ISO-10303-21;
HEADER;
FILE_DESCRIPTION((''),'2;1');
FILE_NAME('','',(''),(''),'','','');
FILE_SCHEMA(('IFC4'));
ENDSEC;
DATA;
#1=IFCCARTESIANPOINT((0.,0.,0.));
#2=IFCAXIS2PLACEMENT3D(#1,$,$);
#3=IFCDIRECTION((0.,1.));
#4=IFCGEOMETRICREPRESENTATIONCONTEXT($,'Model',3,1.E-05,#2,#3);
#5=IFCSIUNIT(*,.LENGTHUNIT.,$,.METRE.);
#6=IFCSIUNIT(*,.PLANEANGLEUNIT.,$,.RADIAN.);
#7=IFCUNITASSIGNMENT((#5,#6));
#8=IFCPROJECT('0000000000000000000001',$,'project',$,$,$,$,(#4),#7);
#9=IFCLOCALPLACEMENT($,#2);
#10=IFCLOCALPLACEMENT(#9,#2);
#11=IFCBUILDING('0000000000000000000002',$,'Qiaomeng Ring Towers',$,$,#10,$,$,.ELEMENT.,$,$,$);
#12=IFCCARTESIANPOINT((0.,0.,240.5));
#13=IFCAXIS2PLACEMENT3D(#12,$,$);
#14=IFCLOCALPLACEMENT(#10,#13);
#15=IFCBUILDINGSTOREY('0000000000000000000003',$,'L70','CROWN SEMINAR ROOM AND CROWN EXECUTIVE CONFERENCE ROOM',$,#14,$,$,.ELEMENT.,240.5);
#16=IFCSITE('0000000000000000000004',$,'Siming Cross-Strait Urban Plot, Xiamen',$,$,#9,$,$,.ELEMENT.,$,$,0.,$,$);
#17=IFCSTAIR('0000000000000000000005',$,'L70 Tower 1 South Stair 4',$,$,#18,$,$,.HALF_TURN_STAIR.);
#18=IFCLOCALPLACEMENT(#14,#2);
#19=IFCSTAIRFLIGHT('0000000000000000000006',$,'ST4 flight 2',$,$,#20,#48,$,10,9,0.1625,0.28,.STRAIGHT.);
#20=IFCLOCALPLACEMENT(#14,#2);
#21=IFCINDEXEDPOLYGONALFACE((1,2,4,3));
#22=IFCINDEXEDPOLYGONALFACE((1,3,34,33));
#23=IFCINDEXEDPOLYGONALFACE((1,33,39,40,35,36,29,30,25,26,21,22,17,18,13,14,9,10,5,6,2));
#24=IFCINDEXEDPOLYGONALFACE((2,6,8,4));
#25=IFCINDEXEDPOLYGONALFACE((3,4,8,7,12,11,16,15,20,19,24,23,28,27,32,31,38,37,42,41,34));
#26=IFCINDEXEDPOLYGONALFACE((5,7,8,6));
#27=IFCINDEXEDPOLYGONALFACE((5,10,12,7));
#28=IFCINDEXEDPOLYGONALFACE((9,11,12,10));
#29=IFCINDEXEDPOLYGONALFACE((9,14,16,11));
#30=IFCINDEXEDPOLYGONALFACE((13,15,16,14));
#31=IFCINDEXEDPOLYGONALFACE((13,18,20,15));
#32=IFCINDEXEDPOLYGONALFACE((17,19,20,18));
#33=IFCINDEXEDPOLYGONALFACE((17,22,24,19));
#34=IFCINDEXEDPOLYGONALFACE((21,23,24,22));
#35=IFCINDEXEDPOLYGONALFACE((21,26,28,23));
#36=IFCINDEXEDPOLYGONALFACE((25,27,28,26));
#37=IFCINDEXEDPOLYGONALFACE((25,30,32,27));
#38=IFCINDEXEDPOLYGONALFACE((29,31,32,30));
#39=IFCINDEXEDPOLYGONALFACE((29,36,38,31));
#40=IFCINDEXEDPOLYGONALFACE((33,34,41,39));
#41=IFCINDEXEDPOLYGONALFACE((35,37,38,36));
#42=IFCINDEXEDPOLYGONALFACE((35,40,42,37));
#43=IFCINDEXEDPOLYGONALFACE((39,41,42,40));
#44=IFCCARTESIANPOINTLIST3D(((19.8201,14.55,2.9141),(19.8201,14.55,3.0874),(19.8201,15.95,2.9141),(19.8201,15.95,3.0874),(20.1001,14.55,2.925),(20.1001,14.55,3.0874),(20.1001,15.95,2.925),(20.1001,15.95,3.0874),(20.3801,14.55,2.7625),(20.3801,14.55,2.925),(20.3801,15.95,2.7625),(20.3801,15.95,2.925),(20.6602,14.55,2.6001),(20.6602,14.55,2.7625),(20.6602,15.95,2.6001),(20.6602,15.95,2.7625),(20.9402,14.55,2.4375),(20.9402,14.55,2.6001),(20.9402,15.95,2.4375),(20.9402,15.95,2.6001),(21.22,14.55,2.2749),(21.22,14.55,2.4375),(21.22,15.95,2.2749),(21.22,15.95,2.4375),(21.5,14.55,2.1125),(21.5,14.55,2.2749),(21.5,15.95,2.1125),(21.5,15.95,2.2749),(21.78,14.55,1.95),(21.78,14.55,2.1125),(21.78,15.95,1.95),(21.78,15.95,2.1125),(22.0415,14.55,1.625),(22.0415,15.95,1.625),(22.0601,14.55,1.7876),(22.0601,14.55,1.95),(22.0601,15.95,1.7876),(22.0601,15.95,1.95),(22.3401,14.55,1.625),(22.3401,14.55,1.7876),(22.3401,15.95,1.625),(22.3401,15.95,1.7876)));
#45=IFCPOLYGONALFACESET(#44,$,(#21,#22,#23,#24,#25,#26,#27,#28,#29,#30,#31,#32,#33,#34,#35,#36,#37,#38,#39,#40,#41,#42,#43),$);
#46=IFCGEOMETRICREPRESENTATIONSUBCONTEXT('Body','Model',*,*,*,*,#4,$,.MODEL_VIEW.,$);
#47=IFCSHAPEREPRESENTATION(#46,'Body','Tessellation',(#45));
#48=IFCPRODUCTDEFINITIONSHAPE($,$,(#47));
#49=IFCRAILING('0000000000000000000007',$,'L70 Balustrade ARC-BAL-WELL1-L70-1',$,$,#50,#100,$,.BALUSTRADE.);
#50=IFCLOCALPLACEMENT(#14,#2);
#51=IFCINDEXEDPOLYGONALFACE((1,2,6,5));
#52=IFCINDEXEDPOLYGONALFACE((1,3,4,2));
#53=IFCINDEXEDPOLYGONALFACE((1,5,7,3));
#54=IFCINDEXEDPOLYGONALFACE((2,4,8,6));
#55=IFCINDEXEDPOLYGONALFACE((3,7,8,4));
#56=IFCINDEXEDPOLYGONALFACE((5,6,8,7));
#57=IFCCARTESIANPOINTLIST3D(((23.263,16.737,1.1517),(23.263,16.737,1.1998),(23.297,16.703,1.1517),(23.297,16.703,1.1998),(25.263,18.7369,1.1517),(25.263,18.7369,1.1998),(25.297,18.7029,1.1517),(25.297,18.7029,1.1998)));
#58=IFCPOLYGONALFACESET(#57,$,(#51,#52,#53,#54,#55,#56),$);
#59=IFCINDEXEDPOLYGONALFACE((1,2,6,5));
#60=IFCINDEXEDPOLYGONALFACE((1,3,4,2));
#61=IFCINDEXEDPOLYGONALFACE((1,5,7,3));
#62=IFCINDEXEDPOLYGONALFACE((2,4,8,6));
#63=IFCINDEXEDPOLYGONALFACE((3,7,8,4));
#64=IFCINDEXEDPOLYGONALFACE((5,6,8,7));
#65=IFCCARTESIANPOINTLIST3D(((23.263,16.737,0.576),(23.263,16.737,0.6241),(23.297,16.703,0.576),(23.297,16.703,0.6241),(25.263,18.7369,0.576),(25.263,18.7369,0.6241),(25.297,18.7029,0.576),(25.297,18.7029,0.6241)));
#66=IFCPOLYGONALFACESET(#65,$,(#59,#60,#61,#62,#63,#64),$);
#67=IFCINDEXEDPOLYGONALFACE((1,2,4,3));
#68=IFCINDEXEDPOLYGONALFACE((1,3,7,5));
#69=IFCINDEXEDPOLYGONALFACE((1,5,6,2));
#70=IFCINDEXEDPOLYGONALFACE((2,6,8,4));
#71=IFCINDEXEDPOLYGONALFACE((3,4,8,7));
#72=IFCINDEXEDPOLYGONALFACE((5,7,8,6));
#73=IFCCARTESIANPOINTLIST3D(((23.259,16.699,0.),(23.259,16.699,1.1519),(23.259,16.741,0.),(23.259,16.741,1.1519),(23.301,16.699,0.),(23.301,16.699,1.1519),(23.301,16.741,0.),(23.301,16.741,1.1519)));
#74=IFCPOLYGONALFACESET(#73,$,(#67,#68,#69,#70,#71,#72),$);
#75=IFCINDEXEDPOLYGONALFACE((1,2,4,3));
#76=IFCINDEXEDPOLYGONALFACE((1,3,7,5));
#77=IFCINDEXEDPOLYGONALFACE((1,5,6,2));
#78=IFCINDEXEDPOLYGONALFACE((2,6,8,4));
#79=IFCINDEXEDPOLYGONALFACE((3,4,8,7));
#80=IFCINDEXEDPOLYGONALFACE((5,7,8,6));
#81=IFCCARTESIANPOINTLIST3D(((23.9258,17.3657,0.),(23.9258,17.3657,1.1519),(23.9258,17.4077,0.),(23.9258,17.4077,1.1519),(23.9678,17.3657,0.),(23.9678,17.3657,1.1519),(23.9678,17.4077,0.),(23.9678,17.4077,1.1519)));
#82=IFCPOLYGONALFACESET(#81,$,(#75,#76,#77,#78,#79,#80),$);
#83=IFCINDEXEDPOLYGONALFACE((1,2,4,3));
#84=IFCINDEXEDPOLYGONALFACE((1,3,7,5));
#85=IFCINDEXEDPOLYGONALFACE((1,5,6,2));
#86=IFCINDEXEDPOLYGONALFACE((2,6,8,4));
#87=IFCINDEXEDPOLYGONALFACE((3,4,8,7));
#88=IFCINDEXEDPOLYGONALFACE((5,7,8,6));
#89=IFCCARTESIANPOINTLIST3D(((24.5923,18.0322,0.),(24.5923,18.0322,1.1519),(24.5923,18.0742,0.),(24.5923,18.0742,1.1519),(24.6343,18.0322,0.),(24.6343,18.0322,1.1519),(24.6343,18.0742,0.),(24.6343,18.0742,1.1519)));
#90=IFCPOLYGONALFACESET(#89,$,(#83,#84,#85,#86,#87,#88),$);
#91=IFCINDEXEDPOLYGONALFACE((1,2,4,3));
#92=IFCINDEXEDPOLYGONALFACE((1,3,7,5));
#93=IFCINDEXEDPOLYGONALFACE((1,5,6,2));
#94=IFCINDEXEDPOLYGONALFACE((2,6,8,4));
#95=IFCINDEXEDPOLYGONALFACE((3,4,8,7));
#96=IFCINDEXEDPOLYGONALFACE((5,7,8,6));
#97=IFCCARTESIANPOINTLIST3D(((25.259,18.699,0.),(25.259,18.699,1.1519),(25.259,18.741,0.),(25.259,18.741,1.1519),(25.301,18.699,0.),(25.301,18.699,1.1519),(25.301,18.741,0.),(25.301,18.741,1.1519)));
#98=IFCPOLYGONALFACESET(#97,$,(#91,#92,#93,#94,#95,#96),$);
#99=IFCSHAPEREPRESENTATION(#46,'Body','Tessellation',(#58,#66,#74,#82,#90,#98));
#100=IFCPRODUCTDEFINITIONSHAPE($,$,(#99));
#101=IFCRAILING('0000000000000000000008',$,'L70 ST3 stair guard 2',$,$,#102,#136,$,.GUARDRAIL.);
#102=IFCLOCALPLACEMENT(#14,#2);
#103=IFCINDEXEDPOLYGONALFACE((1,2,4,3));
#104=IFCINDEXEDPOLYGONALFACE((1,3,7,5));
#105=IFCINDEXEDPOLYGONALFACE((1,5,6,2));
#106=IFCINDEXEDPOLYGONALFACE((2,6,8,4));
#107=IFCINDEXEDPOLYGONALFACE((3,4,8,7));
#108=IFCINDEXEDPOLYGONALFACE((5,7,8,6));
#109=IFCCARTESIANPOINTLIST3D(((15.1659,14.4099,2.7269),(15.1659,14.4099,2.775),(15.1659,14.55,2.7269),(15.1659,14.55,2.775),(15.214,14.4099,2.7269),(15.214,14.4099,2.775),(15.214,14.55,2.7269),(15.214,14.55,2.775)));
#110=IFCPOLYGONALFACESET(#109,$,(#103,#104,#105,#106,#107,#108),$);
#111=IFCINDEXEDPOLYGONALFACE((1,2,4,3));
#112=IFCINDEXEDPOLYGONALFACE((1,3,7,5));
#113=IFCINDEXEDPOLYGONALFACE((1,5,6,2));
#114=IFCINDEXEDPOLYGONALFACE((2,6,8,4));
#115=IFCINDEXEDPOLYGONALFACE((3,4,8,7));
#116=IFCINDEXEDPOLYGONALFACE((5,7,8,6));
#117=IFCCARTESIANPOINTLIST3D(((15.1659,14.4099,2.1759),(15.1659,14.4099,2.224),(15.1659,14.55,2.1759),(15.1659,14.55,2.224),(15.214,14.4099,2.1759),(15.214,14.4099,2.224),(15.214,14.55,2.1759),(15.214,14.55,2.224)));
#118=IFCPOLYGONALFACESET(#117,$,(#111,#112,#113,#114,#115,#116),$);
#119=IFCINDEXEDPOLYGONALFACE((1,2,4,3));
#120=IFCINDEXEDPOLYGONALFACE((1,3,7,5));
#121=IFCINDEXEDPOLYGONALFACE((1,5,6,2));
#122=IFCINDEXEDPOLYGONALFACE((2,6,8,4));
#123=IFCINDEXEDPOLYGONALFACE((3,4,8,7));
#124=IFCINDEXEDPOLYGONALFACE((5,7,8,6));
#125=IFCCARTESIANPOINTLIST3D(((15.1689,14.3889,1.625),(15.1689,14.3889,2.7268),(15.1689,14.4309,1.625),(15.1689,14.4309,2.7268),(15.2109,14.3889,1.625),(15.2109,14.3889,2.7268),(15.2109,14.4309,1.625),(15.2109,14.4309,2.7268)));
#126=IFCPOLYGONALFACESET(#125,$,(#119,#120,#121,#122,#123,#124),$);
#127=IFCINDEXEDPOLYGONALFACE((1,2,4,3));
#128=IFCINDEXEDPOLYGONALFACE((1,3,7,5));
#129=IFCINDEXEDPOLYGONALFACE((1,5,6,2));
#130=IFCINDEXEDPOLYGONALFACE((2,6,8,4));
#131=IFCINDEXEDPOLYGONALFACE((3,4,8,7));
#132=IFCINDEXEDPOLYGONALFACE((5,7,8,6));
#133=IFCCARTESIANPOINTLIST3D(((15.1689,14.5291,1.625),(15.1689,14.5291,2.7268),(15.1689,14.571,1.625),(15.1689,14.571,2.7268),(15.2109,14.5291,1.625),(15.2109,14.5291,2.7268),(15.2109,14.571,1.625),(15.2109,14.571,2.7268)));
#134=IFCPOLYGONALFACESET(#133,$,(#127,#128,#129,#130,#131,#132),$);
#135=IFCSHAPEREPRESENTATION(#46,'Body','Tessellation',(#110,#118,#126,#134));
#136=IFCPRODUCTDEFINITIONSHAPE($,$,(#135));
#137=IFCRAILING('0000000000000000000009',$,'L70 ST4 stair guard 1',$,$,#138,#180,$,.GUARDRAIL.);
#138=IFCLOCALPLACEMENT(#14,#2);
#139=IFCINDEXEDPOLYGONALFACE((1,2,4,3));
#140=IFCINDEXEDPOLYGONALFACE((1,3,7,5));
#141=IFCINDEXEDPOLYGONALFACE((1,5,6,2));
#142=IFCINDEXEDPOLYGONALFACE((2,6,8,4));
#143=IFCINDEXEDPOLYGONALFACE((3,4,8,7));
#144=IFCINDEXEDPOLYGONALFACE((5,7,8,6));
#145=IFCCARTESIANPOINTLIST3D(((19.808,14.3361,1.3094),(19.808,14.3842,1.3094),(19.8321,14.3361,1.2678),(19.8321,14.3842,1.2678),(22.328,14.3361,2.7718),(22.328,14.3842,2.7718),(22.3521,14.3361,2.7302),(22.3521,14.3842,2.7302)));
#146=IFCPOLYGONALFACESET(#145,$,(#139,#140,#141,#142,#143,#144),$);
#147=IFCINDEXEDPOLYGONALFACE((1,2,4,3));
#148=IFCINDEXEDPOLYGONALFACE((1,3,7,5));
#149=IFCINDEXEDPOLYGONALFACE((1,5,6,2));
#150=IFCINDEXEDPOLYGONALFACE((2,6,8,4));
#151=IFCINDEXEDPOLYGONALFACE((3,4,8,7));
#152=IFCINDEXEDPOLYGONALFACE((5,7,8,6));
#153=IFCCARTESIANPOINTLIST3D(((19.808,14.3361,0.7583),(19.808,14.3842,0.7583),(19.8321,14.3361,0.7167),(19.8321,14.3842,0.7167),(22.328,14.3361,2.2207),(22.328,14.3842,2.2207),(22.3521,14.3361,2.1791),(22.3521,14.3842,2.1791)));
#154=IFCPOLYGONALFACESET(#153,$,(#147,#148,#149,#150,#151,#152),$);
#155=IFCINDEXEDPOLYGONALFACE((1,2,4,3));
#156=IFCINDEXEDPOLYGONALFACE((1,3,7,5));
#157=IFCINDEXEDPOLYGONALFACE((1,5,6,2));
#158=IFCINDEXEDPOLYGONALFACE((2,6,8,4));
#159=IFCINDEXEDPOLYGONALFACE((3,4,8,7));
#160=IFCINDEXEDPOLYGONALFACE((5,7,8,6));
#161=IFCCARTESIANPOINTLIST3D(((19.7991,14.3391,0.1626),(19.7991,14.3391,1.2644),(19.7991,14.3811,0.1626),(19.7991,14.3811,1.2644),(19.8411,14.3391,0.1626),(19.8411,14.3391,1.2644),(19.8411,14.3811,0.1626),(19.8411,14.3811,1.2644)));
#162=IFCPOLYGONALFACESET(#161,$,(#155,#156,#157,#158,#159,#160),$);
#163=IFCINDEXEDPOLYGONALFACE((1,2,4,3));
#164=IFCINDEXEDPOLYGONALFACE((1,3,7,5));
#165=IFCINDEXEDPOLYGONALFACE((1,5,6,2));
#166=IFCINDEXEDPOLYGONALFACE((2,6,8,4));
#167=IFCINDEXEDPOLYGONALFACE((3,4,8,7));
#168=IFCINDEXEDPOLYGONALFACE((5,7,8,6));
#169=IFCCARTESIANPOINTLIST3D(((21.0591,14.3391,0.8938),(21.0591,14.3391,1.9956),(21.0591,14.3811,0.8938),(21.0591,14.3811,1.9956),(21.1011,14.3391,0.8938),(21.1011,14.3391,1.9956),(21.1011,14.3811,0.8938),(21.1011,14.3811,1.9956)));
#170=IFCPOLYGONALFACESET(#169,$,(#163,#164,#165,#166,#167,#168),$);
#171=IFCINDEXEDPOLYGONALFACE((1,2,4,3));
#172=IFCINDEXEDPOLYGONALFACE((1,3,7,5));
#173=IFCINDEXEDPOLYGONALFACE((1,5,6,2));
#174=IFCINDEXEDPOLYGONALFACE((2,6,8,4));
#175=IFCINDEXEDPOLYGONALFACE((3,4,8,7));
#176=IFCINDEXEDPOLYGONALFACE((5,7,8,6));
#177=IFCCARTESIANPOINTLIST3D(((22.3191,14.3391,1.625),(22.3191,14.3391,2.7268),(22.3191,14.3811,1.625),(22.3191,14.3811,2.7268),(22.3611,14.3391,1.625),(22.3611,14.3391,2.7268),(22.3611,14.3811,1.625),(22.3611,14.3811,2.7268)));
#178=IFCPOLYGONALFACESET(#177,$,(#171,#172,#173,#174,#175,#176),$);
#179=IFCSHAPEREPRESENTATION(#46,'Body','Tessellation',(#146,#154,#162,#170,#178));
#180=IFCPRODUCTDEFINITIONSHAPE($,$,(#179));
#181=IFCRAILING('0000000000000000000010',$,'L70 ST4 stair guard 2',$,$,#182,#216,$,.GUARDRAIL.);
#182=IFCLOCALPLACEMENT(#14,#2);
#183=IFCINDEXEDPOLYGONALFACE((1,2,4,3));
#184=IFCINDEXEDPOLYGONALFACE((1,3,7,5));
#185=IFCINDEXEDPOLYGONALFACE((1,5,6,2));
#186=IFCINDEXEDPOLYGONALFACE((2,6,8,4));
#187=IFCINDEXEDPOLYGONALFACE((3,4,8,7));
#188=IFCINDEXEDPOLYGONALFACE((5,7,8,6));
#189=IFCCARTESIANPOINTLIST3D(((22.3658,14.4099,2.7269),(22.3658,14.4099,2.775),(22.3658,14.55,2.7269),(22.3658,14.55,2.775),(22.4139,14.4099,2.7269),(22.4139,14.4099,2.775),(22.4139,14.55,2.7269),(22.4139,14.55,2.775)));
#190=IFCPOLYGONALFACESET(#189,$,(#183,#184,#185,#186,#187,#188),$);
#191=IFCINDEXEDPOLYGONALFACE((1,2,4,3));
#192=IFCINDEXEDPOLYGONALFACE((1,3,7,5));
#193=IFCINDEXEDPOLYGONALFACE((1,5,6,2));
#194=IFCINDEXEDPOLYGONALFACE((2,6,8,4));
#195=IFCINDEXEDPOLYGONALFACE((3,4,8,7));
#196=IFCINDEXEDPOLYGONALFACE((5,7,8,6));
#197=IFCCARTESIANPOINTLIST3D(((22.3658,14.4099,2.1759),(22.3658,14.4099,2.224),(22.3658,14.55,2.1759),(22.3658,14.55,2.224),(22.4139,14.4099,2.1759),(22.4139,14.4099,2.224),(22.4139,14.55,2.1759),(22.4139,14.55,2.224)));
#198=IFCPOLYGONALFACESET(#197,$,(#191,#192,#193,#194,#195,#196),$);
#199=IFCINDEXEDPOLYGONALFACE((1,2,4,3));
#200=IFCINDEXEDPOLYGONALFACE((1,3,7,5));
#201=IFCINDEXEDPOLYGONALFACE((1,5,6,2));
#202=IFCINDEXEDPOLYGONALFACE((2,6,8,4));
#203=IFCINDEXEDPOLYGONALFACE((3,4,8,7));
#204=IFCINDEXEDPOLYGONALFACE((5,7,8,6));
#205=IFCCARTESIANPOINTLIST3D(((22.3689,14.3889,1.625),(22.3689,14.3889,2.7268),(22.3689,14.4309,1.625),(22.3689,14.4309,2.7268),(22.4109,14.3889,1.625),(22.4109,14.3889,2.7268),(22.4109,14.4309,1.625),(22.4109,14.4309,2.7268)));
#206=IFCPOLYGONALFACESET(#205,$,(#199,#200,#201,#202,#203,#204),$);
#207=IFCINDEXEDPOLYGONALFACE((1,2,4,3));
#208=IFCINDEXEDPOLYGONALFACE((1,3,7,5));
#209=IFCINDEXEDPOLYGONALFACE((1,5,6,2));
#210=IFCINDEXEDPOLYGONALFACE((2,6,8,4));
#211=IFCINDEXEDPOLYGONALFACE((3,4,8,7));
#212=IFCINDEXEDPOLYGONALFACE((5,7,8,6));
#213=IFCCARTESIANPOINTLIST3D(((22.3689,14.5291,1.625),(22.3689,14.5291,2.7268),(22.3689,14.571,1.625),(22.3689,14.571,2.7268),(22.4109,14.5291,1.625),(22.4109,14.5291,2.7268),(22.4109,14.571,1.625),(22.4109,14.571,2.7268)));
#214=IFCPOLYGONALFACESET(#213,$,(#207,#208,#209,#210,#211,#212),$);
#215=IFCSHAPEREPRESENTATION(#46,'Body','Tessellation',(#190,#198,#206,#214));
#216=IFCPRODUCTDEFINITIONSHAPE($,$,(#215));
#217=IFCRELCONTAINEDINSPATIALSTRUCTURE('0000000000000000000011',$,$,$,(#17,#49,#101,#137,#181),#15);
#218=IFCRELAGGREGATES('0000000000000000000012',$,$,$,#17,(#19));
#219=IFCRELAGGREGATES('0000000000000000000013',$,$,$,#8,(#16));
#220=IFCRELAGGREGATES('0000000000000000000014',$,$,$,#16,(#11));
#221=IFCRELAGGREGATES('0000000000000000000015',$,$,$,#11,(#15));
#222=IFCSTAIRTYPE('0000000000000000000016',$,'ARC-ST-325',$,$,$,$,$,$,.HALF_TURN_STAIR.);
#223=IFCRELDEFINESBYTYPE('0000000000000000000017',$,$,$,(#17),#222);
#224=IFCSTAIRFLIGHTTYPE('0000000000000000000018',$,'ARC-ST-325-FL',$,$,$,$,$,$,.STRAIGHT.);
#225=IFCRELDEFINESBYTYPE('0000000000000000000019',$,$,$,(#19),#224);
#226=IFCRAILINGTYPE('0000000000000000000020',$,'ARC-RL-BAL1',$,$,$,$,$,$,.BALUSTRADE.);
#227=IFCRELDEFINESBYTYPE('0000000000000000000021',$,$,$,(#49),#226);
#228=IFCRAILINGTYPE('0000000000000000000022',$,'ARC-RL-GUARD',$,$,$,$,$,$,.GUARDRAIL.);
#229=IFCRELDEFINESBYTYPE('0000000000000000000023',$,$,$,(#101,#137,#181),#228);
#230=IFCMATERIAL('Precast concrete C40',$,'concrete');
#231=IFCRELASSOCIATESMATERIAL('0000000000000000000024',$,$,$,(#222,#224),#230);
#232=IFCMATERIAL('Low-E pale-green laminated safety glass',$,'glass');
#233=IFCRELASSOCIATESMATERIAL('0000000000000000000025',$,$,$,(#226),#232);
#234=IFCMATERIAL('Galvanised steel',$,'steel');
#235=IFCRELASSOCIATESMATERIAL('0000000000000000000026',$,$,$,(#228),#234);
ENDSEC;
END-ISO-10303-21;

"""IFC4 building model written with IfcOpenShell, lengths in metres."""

from ifc_helpers import new_model, si_unit, direction, frame, origin, origin_2d, place, context, subcontext, project, spatial, polyline, rectangle, outline, extrude, source, transform, mapped, material, type_object, element, aggregate, save


model = new_model("IFC4")

# Units and contexts
model_context = context("Model", 3, precision=1e-05, world=origin(), true_north=direction((0.0, 1.0)))
body_context = subcontext(model_context, "Body", "Model", "MODEL_VIEW")
ifc_project = project(units=[si_unit("LENGTHUNIT", "METRE"), si_unit("PLANEANGLEUNIT", "RADIAN")], contexts=[model_context])

# Site, building, storey
site_placement = place(None, origin())
site = spatial("IfcSite", under=ifc_project, at=site_placement, Name="Siming Cross-Strait Urban Plot, Xiamen", CompositionType="ELEMENT", RefElevation=0.0)
building_placement = place(site_placement, origin())
building = spatial("IfcBuilding", under=site, at=building_placement, Name="Qiaomeng Ring Towers", CompositionType="ELEMENT")
storey_placement = place(building_placement, frame((0.0, 0.0, 240.5)))
storey = spatial("IfcBuildingStorey", under=building, at=storey_placement, Name="L70", Description="CROWN SEMINAR ROOM AND CROWN EXECUTIVE CONFERENCE ROOM", CompositionType="ELEMENT", Elevation=240.5)

# Shared definitions
ifc_material_1 = material(Name="Galvanised steel", Category="steel")

# Stair, stair flight
ifc_material_2 = material(Name="Precast concrete C40", Category="concrete")
stair_type = type_object("IfcStairType", Name="ARC-ST-325", PredefinedType="HALF_TURN_STAIR", material=ifc_material_2)
stair_placement = place(storey_placement, origin())
stair = element("IfcStair", 1, at=stair_placement, inside=storey, type_object=stair_type, Name="L70 Tower 1 South Stair 4", PredefinedType="HALF_TURN_STAIR")
stair_flight_type = type_object("IfcStairFlightType", Name="ARC-ST-325-FL", PredefinedType="STRAIGHT", material=ifc_material_2)
shared_shape_1 = source(origin(), body_context, "Body", "SweptSolid", [
    extrude(outline(polyline([(0.0, 0.0), (0.0, 0.1626), (0.28, 0.1626), (0.28, 0.325), (0.5601, 0.325), (0.5601, 0.4875), (0.8401, 0.4875), (0.8401, 0.6499), (1.1201, 0.6499), (1.1201, 0.8125), (1.3999, 0.8125), (1.3999, 0.9751), (1.6799, 0.9751), (1.6799, 1.1375), (1.96, 1.1375), (1.96, 1.3), (2.24, 1.3), (2.24, 1.4624), (2.52, 1.4624), (2.52, 1.625), (2.52, 1.2891), (0.2986, 0.0), (0.0, 0.0)])), frame((0.0, 0.7, 0.0), z_axis=(0.0, -1.0, 0.0), x_axis=(1.0, 0.0, 0.0)), (0.0, 0.0, 1.0), 1.3999),
])
stair_flight_1_placement = place(storey_placement, frame((22.3401, 15.25, 1.625), z_axis=(0.0, 0.0, 1.0), x_axis=(-1.0, 0.0, 0.0)))
stair_flight_1 = element("IfcStairFlight", 2, at=stair_flight_1_placement, type_object=stair_flight_type, Name="ST4 flight 2", NumberOfRisers=10, NumberOfTreads=9, PredefinedType="STRAIGHT", RiserHeight=0.1625, TreadLength=0.28, context=body_context, shape_type="MappedRepresentation", body=[
    mapped(shared_shape_1, transform((0.0, 0.0, 0.0), x_axis=(1.0, 0.0, 0.0), y_axis=(0.0, 1.0, 0.0), z_axis=(0.0, 0.0, 1.0), scale=1.0)),
])
aggregate(stair, [stair_flight_1])

# Railings
ifc_material_3 = material(Name="Low-E pale-green laminated safety glass", Category="glass")
railing_type_1 = type_object("IfcRailingType", Name="ARC-RL-BAL1", PredefinedType="BALUSTRADE", material=ifc_material_3)
railing_1_placement = place(storey_placement, frame((23.28, 16.72, 0.0)))
element("IfcRailing", 3, at=railing_1_placement, inside=storey, type_object=railing_type_1, Name="L70 Balustrade ARC-BAL-WELL1-L70-1", PredefinedType="BALUSTRADE", context=body_context, shape_type="SweptSolid", body=[
    extrude(rectangle(XDim=0.0481, YDim=0.0481, at=origin_2d()), frame((0.0, 0.0, 1.1758), z_axis=(0.707107, 0.707107, 0.0), x_axis=(-0.707107, 0.707107, 0.0)), (0.0, 0.0, 1.0), 2.8284),
    extrude(rectangle(XDim=0.0481, YDim=0.0481, at=origin_2d()), frame((0.0, 0.0, 0.6001), z_axis=(0.707107, 0.707107, 0.0), x_axis=(-0.707107, 0.707107, 0.0)), (0.0, 0.0, 1.0), 2.8284),
    extrude(rectangle(XDim=0.042, YDim=0.042, at=origin_2d()), origin(), (0.0, 0.0, 1.0), 1.1519),
    extrude(rectangle(XDim=0.042, YDim=0.042, at=origin_2d()), frame((0.6667, 0.6667, 0.0)), (0.0, 0.0, 1.0), 1.1519),
    extrude(rectangle(XDim=0.042, YDim=0.042, at=origin_2d()), frame((1.3333, 1.3333, 0.0)), (0.0, 0.0, 1.0), 1.1519),
    extrude(rectangle(XDim=0.042, YDim=0.042, at=origin_2d()), frame((2.0, 2.0, 0.0)), (0.0, 0.0, 1.0), 1.1519),
])
railing_type_2 = type_object("IfcRailingType", Name="ARC-RL-GUARD", PredefinedType="GUARDRAIL", material=ifc_material_1)
railing_2_placement = place(storey_placement, frame((15.1899, 14.4099, 1.625)))
element("IfcRailing", 4, at=railing_2_placement, inside=storey, type_object=railing_type_2, Name="L70 ST3 stair guard 2", PredefinedType="GUARDRAIL", context=body_context, shape_type="SweptSolid", body=[
    extrude(rectangle(XDim=0.0481, YDim=0.0481, at=origin_2d()), frame((0.0, 0.0, 1.126), z_axis=(0.0, 1.0, 0.0), x_axis=(-1.0, 0.0, 0.0)), (0.0, 0.0, 1.0), 0.1401),
    extrude(rectangle(XDim=0.0481, YDim=0.0481, at=origin_2d()), frame((0.0, 0.0, 0.575), z_axis=(0.0, 1.0, 0.0), x_axis=(-1.0, 0.0, 0.0)), (0.0, 0.0, 1.0), 0.1401),
    extrude(rectangle(XDim=0.042, YDim=0.042, at=origin_2d()), origin(), (0.0, 0.0, 1.0), 1.1018),
    extrude(rectangle(XDim=0.042, YDim=0.042, at=origin_2d()), frame((0.0, 0.1401, 0.0)), (0.0, 0.0, 1.0), 1.1018),
])
railing_3_placement = place(storey_placement, frame((19.8201, 14.3601, 0.1626)))
element("IfcRailing", 5, at=railing_3_placement, inside=storey, type_object=railing_type_2, Name="L70 ST4 stair guard 1", PredefinedType="GUARDRAIL", context=body_context, shape_type="SweptSolid", body=[
    extrude(rectangle(XDim=0.0481, YDim=0.0481, at=origin_2d()), frame((0.0, 0.0, 1.126), z_axis=(0.864913, 0.0, 0.501921), x_axis=(0.0, 1.0, 0.0)), (0.0, 0.0, 1.0), 2.9136),
    extrude(rectangle(XDim=0.0481, YDim=0.0481, at=origin_2d()), frame((0.0, 0.0, 0.575), z_axis=(0.864913, 0.0, 0.501921), x_axis=(0.0, 1.0, 0.0)), (0.0, 0.0, 1.0), 2.9136),
    extrude(rectangle(XDim=0.042, YDim=0.042, at=origin_2d()), origin(), (0.0, 0.0, 1.0), 1.1018),
    extrude(rectangle(XDim=0.042, YDim=0.042, at=origin_2d()), frame((1.26, 0.0, 0.7312)), (0.0, 0.0, 1.0), 1.1018),
    extrude(rectangle(XDim=0.042, YDim=0.042, at=origin_2d()), frame((2.52, 0.0, 1.4624)), (0.0, 0.0, 1.0), 1.1018),
])
railing_4_placement = place(storey_placement, frame((22.3899, 14.4099, 1.625)))
element("IfcRailing", 6, at=railing_4_placement, inside=storey, type_object=railing_type_2, Name="L70 ST4 stair guard 2", PredefinedType="GUARDRAIL", context=body_context, shape_type="SweptSolid", body=[
    extrude(rectangle(XDim=0.0481, YDim=0.0481, at=origin_2d()), frame((0.0, 0.0, 1.126), z_axis=(0.0, 1.0, 0.0), x_axis=(-1.0, 0.0, 0.0)), (0.0, 0.0, 1.0), 0.1401),
    extrude(rectangle(XDim=0.0481, YDim=0.0481, at=origin_2d()), frame((0.0, 0.0, 0.575), z_axis=(0.0, 1.0, 0.0), x_axis=(-1.0, 0.0, 0.0)), (0.0, 0.0, 1.0), 0.1401),
    extrude(rectangle(XDim=0.042, YDim=0.042, at=origin_2d()), origin(), (0.0, 0.0, 1.0), 1.1018),
    extrude(rectangle(XDim=0.042, YDim=0.042, at=origin_2d()), frame((0.0, 0.1401, 0.0)), (0.0, 0.0, 1.0), 1.1018),
])

save(model, "model.ifc")
